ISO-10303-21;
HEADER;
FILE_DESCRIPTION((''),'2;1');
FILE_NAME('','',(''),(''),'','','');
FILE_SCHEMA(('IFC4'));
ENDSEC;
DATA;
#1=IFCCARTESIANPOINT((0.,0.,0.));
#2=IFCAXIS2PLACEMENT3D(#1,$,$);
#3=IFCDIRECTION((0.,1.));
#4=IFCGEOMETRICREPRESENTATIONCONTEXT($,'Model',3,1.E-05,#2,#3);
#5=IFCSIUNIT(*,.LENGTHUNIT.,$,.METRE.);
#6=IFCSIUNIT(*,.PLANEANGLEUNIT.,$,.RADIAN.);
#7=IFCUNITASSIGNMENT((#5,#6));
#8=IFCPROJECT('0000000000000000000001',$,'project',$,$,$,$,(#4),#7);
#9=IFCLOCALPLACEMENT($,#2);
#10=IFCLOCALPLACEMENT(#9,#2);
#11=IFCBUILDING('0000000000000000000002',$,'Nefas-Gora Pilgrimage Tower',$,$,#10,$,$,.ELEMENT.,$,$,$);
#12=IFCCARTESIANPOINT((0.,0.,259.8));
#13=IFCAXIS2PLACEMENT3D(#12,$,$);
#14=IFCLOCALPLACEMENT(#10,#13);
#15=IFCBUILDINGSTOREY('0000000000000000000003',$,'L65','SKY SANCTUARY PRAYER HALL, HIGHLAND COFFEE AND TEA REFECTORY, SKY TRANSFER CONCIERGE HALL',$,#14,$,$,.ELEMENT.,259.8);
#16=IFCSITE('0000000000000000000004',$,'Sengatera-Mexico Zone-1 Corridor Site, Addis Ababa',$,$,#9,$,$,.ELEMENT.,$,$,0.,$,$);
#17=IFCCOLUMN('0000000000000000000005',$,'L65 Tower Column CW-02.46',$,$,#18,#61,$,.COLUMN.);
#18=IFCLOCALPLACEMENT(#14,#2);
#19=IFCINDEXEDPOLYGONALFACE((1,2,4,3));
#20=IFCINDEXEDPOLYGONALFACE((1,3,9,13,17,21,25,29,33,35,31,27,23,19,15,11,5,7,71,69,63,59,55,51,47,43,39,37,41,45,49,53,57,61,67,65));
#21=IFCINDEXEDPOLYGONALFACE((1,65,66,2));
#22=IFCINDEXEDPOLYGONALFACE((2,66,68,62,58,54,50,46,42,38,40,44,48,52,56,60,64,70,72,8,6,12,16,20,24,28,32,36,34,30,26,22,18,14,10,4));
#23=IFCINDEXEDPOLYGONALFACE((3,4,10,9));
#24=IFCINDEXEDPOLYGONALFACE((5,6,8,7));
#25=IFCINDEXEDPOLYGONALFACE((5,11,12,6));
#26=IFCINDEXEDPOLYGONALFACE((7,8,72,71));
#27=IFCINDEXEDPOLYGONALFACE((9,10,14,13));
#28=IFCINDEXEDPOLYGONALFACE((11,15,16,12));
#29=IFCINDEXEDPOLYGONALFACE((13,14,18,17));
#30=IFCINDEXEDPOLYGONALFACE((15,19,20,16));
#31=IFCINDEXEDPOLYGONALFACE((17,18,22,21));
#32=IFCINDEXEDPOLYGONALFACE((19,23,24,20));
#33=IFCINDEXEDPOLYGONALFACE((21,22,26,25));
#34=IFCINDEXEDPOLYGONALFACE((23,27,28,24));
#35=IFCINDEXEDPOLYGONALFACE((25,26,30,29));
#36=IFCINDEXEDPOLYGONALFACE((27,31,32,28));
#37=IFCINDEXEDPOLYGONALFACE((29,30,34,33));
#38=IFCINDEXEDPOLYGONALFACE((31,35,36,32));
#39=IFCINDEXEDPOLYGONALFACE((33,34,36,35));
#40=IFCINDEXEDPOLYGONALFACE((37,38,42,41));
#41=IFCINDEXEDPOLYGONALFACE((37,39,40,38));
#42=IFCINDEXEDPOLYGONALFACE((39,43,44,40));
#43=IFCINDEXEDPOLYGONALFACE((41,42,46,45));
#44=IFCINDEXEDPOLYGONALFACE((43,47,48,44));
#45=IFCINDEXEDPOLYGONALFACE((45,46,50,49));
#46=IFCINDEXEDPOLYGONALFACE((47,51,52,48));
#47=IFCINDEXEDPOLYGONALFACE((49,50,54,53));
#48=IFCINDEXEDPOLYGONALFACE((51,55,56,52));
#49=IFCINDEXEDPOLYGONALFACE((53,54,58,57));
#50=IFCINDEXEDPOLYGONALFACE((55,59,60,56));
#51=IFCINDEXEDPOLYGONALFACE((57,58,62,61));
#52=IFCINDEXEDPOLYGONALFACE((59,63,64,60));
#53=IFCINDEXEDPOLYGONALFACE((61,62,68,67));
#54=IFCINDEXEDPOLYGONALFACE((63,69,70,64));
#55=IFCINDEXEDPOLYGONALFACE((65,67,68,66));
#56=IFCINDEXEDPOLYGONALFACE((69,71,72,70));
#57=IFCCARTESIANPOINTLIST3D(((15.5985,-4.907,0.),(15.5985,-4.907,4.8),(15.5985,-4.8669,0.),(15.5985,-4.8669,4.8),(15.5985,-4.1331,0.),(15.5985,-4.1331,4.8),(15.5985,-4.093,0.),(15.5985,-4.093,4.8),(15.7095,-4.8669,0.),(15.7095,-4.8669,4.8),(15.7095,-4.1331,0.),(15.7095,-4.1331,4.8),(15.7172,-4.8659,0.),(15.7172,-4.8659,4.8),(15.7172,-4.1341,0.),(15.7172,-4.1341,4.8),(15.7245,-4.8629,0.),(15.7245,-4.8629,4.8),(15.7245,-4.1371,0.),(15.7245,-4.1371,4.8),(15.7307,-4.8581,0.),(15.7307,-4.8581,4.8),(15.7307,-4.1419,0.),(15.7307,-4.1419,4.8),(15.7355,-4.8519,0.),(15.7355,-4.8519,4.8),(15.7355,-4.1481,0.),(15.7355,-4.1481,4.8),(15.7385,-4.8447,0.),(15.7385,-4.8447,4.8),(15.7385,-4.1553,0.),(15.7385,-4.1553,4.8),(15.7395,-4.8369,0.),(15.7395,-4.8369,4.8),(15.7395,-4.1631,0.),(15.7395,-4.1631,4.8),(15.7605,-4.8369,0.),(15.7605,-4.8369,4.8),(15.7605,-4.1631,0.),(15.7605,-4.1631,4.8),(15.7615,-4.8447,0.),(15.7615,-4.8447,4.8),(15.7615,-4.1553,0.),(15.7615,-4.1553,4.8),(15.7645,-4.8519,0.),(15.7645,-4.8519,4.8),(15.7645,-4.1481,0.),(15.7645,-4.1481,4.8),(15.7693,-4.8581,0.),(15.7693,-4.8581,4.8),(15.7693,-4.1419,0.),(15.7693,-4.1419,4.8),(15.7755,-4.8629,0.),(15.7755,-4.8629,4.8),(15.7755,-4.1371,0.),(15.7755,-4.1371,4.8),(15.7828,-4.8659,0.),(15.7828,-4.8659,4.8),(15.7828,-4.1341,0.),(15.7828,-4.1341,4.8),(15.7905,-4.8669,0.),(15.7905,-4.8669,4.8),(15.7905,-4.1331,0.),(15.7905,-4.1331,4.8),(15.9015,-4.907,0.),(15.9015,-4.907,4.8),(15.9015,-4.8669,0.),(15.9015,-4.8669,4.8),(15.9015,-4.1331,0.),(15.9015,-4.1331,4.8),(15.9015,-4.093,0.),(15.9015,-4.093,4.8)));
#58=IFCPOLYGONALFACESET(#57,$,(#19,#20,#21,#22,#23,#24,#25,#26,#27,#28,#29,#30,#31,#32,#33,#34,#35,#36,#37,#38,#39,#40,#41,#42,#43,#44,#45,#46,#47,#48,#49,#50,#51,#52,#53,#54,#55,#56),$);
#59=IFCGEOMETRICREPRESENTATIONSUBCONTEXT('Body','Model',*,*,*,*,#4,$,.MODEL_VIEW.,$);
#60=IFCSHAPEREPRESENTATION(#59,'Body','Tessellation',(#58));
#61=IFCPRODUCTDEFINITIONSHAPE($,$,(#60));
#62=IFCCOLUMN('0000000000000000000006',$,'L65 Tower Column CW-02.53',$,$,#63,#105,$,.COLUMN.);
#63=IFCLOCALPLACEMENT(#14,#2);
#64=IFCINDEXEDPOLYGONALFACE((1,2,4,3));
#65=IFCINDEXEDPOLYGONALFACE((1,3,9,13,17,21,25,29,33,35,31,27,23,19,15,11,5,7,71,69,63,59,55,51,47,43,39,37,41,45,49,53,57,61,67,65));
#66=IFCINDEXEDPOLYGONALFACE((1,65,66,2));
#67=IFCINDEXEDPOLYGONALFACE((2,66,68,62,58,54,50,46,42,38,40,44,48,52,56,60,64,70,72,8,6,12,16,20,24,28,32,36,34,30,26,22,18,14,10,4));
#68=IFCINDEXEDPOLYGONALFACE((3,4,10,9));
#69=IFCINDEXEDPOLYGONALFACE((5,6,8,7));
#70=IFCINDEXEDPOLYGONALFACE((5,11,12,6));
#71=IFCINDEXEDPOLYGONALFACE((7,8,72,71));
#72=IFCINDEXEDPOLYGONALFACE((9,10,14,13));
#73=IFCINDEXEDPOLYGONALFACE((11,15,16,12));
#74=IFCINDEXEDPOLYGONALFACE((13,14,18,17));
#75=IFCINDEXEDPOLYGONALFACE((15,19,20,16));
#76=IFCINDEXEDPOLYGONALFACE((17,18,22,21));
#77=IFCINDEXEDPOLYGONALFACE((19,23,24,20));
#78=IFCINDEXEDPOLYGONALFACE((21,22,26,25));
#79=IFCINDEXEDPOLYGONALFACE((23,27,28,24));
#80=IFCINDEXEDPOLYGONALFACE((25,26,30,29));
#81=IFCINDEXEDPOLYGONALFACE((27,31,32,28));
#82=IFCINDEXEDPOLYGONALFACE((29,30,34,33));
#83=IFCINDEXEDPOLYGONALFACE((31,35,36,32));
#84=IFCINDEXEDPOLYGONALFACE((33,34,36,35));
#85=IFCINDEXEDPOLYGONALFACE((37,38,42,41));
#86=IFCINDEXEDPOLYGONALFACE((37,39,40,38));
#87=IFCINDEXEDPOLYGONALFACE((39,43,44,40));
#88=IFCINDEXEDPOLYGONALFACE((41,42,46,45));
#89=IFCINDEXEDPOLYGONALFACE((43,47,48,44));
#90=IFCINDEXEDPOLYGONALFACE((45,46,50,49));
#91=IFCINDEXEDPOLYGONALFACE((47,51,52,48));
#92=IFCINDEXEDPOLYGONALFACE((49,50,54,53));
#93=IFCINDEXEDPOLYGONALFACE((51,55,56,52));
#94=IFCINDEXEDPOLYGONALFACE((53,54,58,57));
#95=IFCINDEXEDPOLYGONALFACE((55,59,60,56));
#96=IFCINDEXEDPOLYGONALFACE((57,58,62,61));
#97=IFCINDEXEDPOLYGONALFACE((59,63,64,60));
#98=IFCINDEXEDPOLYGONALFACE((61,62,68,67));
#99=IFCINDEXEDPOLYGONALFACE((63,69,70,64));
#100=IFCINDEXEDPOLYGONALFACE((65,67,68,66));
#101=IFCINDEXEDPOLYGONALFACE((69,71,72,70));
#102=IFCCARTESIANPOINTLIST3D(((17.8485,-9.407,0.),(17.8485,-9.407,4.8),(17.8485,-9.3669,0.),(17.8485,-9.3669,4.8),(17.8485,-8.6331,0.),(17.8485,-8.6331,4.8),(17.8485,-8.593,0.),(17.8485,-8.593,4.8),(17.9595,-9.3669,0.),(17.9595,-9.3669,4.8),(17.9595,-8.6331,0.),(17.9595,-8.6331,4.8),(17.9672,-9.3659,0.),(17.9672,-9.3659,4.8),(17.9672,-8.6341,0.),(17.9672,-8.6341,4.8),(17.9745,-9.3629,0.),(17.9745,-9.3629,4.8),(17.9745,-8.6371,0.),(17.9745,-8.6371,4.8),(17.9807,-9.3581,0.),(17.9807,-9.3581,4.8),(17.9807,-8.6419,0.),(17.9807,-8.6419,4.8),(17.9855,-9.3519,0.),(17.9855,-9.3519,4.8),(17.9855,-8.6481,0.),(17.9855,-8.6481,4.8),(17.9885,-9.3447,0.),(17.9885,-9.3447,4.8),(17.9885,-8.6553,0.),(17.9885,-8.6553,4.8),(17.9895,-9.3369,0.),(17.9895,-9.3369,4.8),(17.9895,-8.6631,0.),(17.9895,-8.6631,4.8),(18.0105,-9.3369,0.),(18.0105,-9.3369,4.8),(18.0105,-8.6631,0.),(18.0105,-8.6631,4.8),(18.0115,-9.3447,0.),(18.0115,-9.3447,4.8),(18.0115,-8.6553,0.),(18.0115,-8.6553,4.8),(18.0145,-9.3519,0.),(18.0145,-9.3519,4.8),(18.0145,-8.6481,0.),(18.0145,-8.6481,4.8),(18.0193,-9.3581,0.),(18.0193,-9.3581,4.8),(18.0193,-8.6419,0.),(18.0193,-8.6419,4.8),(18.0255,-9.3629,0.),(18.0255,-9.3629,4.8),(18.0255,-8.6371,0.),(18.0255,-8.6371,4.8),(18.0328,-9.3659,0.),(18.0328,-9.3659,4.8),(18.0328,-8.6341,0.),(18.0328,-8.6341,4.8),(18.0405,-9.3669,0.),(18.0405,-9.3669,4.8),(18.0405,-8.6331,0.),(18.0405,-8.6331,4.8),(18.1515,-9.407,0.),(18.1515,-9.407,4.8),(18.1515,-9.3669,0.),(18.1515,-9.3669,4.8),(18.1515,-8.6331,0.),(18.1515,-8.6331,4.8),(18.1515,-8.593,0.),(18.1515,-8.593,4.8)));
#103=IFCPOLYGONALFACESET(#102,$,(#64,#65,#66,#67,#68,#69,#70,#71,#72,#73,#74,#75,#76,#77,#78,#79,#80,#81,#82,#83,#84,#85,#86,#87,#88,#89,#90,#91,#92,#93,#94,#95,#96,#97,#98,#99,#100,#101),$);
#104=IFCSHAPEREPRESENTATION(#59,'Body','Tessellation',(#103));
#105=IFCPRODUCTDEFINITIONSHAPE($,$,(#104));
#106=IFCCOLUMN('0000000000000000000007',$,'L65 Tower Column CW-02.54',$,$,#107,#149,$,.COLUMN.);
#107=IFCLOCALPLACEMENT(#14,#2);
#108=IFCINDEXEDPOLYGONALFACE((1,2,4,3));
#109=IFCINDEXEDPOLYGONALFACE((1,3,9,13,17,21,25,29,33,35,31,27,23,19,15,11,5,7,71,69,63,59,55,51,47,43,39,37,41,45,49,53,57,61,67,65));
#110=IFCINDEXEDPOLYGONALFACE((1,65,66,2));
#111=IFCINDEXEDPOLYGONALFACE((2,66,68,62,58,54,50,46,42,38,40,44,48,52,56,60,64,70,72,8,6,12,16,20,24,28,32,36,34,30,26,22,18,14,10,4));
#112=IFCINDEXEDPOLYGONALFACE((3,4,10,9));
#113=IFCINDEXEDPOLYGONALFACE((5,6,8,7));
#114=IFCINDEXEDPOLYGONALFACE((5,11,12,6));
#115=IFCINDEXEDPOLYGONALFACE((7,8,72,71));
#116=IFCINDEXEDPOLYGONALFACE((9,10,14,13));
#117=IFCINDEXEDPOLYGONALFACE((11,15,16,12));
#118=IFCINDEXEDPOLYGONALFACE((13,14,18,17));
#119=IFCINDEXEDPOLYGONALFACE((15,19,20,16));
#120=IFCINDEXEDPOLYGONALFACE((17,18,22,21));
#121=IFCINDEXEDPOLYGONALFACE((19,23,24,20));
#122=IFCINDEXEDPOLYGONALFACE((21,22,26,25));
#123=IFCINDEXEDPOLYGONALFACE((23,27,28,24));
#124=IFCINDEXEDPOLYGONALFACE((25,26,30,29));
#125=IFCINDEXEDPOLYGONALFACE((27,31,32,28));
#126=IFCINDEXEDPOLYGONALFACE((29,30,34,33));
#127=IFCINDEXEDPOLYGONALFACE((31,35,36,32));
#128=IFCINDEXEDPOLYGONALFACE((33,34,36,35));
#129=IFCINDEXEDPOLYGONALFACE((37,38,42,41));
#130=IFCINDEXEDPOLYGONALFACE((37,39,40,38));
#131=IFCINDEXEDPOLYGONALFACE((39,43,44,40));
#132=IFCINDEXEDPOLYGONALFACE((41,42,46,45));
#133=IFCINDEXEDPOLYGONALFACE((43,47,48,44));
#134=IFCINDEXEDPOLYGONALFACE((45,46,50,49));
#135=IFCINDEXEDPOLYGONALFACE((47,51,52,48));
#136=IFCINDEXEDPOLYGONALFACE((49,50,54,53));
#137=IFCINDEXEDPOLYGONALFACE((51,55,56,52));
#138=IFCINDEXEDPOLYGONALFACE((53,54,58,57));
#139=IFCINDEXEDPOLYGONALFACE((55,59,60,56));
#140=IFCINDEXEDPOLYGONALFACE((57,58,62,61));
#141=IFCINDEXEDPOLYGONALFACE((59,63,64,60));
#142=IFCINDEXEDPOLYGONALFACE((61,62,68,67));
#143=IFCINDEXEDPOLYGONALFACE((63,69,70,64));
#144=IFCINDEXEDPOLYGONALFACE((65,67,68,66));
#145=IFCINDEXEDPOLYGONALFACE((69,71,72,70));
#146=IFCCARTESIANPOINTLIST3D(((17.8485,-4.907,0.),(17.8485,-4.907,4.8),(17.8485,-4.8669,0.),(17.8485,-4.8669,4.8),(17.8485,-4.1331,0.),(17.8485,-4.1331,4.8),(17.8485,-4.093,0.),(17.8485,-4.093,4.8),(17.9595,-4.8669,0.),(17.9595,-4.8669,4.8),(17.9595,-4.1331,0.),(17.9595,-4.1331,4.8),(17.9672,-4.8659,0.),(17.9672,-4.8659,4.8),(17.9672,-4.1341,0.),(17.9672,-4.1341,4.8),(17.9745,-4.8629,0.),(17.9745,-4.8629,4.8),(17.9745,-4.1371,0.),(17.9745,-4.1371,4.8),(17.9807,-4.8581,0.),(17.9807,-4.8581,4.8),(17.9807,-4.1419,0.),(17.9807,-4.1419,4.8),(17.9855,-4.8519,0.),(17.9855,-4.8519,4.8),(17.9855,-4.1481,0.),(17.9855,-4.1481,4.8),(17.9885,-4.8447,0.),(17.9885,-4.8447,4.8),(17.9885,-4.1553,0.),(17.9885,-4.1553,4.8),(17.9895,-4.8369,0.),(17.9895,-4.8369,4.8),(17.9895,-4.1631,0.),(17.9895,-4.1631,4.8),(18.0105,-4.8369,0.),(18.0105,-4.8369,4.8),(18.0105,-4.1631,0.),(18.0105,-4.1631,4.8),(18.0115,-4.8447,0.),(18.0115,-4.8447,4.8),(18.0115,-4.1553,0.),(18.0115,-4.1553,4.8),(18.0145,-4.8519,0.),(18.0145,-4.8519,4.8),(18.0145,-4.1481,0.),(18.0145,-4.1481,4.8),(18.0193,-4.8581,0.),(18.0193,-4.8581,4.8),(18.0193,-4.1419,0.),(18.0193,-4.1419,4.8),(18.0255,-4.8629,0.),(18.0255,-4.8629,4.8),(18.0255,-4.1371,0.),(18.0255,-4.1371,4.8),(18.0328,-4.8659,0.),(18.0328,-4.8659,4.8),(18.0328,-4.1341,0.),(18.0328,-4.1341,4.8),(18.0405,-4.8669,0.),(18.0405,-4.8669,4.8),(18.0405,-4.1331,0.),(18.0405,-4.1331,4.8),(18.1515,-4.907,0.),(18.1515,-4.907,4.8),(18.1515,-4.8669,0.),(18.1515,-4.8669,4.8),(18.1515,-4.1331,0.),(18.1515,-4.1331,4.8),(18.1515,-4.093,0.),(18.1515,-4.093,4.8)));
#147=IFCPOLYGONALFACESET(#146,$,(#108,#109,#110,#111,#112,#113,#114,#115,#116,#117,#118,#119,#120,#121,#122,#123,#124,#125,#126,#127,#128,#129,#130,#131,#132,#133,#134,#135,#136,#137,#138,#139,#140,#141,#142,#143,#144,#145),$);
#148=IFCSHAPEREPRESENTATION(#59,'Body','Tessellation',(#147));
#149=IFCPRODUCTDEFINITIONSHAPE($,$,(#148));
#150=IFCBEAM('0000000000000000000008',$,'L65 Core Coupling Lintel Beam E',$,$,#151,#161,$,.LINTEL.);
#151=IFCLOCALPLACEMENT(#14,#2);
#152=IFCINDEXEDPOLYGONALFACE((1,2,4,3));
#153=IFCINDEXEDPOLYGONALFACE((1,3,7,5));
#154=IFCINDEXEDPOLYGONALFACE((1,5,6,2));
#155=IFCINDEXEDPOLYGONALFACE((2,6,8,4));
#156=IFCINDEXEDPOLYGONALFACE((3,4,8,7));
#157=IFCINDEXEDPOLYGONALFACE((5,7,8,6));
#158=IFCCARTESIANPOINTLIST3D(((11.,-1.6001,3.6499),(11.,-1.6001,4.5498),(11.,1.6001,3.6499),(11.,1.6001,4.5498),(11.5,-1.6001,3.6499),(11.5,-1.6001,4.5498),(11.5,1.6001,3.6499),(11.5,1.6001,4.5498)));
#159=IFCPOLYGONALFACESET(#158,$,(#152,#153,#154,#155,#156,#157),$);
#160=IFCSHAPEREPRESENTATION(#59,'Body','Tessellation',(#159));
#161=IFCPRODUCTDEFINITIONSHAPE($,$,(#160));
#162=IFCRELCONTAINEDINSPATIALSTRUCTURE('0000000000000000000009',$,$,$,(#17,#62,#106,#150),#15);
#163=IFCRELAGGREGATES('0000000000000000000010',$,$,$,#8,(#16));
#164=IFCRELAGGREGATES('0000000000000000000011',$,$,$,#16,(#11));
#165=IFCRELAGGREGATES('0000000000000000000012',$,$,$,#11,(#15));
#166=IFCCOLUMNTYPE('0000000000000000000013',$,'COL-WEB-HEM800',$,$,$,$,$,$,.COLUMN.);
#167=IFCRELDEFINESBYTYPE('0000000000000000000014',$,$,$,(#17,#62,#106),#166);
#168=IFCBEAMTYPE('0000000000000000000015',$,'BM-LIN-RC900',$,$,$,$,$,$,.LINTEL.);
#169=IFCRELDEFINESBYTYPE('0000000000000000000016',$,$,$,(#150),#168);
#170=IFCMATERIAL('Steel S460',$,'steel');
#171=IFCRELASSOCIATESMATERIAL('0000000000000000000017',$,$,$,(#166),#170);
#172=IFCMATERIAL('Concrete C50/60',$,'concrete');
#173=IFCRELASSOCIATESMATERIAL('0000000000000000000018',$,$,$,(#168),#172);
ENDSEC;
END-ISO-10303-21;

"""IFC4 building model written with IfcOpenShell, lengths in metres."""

from ifc_helpers import new_model, si_unit, direction, frame, origin, origin_2d, place, context, subcontext, project, spatial, rectangle, i_section, extrude, source, transform, mapped, material, material_profile, profile_set, type_object, element, save


model = new_model("IFC4")

# Units and contexts
model_context = context("Model", 3, precision=1e-05, world=origin(), true_north=direction((0.0, 1.0)))
body_context = subcontext(model_context, "Body", "Model", "MODEL_VIEW")
ifc_project = project(units=[si_unit("LENGTHUNIT", "METRE"), si_unit("PLANEANGLEUNIT", "RADIAN")], contexts=[model_context])

# Site, building, storey
site_placement = place(None, origin())
site = spatial("IfcSite", under=ifc_project, at=site_placement, Name="Sengatera-Mexico Zone-1 Corridor Site, Addis Ababa", CompositionType="ELEMENT", RefElevation=0.0)
building_placement = place(site_placement, origin())
building = spatial("IfcBuilding", under=site, at=building_placement, Name="Nefas-Gora Pilgrimage Tower", CompositionType="ELEMENT")
storey_placement = place(building_placement, frame((0.0, 0.0, 259.8)))
storey = spatial("IfcBuildingStorey", under=building, at=storey_placement, Name="L65", Description="SKY SANCTUARY PRAYER HALL, HIGHLAND COFFEE AND TEA REFECTORY, SKY TRANSFER CONCIERGE HALL", CompositionType="ELEMENT", Elevation=259.8)

# Columns
ifc_material_1 = material(Name="Steel S460", Category="steel")
ifc_material_profile_1 = material_profile(ifc_material_1, i_section(OverallWidth=0.303, OverallDepth=0.814, WebThickness=0.021, FlangeThickness=0.04, FilletRadius=0.03, at=origin_2d()), Name="HEM 800")
ifc_profile_set_1 = profile_set([ifc_material_profile_1], Name="Steel S460")
column_type_1 = type_object("IfcColumnType", Name="COL-WEB-HEM800", PredefinedType="COLUMN", material=ifc_profile_set_1)
shared_shape_1 = source(origin(), body_context, "Body", "SweptSolid", [
    extrude(i_section(OverallWidth=0.303, OverallDepth=0.814, WebThickness=0.021, FlangeThickness=0.04, FilletRadius=0.03, at=origin_2d()), origin(), (0.0, 0.0, 1.0), 4.8),
])
for number, where, z_axis, x_axis, name in (
    (1, (15.75, -4.5, 0.0), (0.0, 0.0, 1.0), (1.0, 0.0, 0.0), "L65 Tower Column CW-02.46"),
    (2, (18.0, -9.0, 0.0), (0.0, 0.0, 1.0), (1.0, 0.0, 0.0), "L65 Tower Column CW-02.53"),
    (3, (18.0, -4.5, 0.0), (0.0, 0.0, 1.0), (1.0, 0.0, 0.0), "L65 Tower Column CW-02.54"),
):
    element("IfcColumn", number, at=place(storey_placement, frame(where, z_axis=z_axis, x_axis=x_axis)), inside=storey, type_object=column_type_1, Name=name, PredefinedType="COLUMN", context=body_context, shape_type="MappedRepresentation", body=[
        mapped(shared_shape_1, transform((0.0, 0.0, 0.0), x_axis=(1.0, 0.0, 0.0), y_axis=(0.0, 1.0, 0.0), z_axis=(0.0, 0.0, 1.0), scale=1.0)),
    ])

# Beam
ifc_material_2 = material(Name="Concrete C50/60", Category="concrete")
ifc_material_profile_2 = material_profile(ifc_material_2, rectangle(XDim=0.5, YDim=0.8999, at=origin_2d()), Name="RC 500x900")
ifc_profile_set_2 = profile_set([ifc_material_profile_2], Name="Concrete C50/60")
beam_type_1 = type_object("IfcBeamType", Name="BM-LIN-RC900", PredefinedType="LINTEL", material=ifc_profile_set_2)
shared_shape_2 = source(origin(), body_context, "Body", "SweptSolid", [
    extrude(rectangle(XDim=0.5, YDim=0.8999, at=origin_2d()), origin(), (0.0, 0.0, 1.0), 3.2002),
])
beam_1_placement = place(storey_placement, frame((11.25, -1.6001, 4.0999), z_axis=(0.0, 1.0, 0.0), x_axis=(-1.0, 0.0, 0.0)))
element("IfcBeam", 4, at=beam_1_placement, inside=storey, type_object=beam_type_1, Name="L65 Core Coupling Lintel Beam E", PredefinedType="LINTEL", context=body_context, shape_type="MappedRepresentation", body=[
    mapped(shared_shape_2, transform((0.0, 0.0, 0.0), x_axis=(1.0, 0.0, 0.0), y_axis=(0.0, 1.0, 0.0), z_axis=(0.0, 0.0, 1.0), scale=1.0)),
])

save(model, "model.ifc")
